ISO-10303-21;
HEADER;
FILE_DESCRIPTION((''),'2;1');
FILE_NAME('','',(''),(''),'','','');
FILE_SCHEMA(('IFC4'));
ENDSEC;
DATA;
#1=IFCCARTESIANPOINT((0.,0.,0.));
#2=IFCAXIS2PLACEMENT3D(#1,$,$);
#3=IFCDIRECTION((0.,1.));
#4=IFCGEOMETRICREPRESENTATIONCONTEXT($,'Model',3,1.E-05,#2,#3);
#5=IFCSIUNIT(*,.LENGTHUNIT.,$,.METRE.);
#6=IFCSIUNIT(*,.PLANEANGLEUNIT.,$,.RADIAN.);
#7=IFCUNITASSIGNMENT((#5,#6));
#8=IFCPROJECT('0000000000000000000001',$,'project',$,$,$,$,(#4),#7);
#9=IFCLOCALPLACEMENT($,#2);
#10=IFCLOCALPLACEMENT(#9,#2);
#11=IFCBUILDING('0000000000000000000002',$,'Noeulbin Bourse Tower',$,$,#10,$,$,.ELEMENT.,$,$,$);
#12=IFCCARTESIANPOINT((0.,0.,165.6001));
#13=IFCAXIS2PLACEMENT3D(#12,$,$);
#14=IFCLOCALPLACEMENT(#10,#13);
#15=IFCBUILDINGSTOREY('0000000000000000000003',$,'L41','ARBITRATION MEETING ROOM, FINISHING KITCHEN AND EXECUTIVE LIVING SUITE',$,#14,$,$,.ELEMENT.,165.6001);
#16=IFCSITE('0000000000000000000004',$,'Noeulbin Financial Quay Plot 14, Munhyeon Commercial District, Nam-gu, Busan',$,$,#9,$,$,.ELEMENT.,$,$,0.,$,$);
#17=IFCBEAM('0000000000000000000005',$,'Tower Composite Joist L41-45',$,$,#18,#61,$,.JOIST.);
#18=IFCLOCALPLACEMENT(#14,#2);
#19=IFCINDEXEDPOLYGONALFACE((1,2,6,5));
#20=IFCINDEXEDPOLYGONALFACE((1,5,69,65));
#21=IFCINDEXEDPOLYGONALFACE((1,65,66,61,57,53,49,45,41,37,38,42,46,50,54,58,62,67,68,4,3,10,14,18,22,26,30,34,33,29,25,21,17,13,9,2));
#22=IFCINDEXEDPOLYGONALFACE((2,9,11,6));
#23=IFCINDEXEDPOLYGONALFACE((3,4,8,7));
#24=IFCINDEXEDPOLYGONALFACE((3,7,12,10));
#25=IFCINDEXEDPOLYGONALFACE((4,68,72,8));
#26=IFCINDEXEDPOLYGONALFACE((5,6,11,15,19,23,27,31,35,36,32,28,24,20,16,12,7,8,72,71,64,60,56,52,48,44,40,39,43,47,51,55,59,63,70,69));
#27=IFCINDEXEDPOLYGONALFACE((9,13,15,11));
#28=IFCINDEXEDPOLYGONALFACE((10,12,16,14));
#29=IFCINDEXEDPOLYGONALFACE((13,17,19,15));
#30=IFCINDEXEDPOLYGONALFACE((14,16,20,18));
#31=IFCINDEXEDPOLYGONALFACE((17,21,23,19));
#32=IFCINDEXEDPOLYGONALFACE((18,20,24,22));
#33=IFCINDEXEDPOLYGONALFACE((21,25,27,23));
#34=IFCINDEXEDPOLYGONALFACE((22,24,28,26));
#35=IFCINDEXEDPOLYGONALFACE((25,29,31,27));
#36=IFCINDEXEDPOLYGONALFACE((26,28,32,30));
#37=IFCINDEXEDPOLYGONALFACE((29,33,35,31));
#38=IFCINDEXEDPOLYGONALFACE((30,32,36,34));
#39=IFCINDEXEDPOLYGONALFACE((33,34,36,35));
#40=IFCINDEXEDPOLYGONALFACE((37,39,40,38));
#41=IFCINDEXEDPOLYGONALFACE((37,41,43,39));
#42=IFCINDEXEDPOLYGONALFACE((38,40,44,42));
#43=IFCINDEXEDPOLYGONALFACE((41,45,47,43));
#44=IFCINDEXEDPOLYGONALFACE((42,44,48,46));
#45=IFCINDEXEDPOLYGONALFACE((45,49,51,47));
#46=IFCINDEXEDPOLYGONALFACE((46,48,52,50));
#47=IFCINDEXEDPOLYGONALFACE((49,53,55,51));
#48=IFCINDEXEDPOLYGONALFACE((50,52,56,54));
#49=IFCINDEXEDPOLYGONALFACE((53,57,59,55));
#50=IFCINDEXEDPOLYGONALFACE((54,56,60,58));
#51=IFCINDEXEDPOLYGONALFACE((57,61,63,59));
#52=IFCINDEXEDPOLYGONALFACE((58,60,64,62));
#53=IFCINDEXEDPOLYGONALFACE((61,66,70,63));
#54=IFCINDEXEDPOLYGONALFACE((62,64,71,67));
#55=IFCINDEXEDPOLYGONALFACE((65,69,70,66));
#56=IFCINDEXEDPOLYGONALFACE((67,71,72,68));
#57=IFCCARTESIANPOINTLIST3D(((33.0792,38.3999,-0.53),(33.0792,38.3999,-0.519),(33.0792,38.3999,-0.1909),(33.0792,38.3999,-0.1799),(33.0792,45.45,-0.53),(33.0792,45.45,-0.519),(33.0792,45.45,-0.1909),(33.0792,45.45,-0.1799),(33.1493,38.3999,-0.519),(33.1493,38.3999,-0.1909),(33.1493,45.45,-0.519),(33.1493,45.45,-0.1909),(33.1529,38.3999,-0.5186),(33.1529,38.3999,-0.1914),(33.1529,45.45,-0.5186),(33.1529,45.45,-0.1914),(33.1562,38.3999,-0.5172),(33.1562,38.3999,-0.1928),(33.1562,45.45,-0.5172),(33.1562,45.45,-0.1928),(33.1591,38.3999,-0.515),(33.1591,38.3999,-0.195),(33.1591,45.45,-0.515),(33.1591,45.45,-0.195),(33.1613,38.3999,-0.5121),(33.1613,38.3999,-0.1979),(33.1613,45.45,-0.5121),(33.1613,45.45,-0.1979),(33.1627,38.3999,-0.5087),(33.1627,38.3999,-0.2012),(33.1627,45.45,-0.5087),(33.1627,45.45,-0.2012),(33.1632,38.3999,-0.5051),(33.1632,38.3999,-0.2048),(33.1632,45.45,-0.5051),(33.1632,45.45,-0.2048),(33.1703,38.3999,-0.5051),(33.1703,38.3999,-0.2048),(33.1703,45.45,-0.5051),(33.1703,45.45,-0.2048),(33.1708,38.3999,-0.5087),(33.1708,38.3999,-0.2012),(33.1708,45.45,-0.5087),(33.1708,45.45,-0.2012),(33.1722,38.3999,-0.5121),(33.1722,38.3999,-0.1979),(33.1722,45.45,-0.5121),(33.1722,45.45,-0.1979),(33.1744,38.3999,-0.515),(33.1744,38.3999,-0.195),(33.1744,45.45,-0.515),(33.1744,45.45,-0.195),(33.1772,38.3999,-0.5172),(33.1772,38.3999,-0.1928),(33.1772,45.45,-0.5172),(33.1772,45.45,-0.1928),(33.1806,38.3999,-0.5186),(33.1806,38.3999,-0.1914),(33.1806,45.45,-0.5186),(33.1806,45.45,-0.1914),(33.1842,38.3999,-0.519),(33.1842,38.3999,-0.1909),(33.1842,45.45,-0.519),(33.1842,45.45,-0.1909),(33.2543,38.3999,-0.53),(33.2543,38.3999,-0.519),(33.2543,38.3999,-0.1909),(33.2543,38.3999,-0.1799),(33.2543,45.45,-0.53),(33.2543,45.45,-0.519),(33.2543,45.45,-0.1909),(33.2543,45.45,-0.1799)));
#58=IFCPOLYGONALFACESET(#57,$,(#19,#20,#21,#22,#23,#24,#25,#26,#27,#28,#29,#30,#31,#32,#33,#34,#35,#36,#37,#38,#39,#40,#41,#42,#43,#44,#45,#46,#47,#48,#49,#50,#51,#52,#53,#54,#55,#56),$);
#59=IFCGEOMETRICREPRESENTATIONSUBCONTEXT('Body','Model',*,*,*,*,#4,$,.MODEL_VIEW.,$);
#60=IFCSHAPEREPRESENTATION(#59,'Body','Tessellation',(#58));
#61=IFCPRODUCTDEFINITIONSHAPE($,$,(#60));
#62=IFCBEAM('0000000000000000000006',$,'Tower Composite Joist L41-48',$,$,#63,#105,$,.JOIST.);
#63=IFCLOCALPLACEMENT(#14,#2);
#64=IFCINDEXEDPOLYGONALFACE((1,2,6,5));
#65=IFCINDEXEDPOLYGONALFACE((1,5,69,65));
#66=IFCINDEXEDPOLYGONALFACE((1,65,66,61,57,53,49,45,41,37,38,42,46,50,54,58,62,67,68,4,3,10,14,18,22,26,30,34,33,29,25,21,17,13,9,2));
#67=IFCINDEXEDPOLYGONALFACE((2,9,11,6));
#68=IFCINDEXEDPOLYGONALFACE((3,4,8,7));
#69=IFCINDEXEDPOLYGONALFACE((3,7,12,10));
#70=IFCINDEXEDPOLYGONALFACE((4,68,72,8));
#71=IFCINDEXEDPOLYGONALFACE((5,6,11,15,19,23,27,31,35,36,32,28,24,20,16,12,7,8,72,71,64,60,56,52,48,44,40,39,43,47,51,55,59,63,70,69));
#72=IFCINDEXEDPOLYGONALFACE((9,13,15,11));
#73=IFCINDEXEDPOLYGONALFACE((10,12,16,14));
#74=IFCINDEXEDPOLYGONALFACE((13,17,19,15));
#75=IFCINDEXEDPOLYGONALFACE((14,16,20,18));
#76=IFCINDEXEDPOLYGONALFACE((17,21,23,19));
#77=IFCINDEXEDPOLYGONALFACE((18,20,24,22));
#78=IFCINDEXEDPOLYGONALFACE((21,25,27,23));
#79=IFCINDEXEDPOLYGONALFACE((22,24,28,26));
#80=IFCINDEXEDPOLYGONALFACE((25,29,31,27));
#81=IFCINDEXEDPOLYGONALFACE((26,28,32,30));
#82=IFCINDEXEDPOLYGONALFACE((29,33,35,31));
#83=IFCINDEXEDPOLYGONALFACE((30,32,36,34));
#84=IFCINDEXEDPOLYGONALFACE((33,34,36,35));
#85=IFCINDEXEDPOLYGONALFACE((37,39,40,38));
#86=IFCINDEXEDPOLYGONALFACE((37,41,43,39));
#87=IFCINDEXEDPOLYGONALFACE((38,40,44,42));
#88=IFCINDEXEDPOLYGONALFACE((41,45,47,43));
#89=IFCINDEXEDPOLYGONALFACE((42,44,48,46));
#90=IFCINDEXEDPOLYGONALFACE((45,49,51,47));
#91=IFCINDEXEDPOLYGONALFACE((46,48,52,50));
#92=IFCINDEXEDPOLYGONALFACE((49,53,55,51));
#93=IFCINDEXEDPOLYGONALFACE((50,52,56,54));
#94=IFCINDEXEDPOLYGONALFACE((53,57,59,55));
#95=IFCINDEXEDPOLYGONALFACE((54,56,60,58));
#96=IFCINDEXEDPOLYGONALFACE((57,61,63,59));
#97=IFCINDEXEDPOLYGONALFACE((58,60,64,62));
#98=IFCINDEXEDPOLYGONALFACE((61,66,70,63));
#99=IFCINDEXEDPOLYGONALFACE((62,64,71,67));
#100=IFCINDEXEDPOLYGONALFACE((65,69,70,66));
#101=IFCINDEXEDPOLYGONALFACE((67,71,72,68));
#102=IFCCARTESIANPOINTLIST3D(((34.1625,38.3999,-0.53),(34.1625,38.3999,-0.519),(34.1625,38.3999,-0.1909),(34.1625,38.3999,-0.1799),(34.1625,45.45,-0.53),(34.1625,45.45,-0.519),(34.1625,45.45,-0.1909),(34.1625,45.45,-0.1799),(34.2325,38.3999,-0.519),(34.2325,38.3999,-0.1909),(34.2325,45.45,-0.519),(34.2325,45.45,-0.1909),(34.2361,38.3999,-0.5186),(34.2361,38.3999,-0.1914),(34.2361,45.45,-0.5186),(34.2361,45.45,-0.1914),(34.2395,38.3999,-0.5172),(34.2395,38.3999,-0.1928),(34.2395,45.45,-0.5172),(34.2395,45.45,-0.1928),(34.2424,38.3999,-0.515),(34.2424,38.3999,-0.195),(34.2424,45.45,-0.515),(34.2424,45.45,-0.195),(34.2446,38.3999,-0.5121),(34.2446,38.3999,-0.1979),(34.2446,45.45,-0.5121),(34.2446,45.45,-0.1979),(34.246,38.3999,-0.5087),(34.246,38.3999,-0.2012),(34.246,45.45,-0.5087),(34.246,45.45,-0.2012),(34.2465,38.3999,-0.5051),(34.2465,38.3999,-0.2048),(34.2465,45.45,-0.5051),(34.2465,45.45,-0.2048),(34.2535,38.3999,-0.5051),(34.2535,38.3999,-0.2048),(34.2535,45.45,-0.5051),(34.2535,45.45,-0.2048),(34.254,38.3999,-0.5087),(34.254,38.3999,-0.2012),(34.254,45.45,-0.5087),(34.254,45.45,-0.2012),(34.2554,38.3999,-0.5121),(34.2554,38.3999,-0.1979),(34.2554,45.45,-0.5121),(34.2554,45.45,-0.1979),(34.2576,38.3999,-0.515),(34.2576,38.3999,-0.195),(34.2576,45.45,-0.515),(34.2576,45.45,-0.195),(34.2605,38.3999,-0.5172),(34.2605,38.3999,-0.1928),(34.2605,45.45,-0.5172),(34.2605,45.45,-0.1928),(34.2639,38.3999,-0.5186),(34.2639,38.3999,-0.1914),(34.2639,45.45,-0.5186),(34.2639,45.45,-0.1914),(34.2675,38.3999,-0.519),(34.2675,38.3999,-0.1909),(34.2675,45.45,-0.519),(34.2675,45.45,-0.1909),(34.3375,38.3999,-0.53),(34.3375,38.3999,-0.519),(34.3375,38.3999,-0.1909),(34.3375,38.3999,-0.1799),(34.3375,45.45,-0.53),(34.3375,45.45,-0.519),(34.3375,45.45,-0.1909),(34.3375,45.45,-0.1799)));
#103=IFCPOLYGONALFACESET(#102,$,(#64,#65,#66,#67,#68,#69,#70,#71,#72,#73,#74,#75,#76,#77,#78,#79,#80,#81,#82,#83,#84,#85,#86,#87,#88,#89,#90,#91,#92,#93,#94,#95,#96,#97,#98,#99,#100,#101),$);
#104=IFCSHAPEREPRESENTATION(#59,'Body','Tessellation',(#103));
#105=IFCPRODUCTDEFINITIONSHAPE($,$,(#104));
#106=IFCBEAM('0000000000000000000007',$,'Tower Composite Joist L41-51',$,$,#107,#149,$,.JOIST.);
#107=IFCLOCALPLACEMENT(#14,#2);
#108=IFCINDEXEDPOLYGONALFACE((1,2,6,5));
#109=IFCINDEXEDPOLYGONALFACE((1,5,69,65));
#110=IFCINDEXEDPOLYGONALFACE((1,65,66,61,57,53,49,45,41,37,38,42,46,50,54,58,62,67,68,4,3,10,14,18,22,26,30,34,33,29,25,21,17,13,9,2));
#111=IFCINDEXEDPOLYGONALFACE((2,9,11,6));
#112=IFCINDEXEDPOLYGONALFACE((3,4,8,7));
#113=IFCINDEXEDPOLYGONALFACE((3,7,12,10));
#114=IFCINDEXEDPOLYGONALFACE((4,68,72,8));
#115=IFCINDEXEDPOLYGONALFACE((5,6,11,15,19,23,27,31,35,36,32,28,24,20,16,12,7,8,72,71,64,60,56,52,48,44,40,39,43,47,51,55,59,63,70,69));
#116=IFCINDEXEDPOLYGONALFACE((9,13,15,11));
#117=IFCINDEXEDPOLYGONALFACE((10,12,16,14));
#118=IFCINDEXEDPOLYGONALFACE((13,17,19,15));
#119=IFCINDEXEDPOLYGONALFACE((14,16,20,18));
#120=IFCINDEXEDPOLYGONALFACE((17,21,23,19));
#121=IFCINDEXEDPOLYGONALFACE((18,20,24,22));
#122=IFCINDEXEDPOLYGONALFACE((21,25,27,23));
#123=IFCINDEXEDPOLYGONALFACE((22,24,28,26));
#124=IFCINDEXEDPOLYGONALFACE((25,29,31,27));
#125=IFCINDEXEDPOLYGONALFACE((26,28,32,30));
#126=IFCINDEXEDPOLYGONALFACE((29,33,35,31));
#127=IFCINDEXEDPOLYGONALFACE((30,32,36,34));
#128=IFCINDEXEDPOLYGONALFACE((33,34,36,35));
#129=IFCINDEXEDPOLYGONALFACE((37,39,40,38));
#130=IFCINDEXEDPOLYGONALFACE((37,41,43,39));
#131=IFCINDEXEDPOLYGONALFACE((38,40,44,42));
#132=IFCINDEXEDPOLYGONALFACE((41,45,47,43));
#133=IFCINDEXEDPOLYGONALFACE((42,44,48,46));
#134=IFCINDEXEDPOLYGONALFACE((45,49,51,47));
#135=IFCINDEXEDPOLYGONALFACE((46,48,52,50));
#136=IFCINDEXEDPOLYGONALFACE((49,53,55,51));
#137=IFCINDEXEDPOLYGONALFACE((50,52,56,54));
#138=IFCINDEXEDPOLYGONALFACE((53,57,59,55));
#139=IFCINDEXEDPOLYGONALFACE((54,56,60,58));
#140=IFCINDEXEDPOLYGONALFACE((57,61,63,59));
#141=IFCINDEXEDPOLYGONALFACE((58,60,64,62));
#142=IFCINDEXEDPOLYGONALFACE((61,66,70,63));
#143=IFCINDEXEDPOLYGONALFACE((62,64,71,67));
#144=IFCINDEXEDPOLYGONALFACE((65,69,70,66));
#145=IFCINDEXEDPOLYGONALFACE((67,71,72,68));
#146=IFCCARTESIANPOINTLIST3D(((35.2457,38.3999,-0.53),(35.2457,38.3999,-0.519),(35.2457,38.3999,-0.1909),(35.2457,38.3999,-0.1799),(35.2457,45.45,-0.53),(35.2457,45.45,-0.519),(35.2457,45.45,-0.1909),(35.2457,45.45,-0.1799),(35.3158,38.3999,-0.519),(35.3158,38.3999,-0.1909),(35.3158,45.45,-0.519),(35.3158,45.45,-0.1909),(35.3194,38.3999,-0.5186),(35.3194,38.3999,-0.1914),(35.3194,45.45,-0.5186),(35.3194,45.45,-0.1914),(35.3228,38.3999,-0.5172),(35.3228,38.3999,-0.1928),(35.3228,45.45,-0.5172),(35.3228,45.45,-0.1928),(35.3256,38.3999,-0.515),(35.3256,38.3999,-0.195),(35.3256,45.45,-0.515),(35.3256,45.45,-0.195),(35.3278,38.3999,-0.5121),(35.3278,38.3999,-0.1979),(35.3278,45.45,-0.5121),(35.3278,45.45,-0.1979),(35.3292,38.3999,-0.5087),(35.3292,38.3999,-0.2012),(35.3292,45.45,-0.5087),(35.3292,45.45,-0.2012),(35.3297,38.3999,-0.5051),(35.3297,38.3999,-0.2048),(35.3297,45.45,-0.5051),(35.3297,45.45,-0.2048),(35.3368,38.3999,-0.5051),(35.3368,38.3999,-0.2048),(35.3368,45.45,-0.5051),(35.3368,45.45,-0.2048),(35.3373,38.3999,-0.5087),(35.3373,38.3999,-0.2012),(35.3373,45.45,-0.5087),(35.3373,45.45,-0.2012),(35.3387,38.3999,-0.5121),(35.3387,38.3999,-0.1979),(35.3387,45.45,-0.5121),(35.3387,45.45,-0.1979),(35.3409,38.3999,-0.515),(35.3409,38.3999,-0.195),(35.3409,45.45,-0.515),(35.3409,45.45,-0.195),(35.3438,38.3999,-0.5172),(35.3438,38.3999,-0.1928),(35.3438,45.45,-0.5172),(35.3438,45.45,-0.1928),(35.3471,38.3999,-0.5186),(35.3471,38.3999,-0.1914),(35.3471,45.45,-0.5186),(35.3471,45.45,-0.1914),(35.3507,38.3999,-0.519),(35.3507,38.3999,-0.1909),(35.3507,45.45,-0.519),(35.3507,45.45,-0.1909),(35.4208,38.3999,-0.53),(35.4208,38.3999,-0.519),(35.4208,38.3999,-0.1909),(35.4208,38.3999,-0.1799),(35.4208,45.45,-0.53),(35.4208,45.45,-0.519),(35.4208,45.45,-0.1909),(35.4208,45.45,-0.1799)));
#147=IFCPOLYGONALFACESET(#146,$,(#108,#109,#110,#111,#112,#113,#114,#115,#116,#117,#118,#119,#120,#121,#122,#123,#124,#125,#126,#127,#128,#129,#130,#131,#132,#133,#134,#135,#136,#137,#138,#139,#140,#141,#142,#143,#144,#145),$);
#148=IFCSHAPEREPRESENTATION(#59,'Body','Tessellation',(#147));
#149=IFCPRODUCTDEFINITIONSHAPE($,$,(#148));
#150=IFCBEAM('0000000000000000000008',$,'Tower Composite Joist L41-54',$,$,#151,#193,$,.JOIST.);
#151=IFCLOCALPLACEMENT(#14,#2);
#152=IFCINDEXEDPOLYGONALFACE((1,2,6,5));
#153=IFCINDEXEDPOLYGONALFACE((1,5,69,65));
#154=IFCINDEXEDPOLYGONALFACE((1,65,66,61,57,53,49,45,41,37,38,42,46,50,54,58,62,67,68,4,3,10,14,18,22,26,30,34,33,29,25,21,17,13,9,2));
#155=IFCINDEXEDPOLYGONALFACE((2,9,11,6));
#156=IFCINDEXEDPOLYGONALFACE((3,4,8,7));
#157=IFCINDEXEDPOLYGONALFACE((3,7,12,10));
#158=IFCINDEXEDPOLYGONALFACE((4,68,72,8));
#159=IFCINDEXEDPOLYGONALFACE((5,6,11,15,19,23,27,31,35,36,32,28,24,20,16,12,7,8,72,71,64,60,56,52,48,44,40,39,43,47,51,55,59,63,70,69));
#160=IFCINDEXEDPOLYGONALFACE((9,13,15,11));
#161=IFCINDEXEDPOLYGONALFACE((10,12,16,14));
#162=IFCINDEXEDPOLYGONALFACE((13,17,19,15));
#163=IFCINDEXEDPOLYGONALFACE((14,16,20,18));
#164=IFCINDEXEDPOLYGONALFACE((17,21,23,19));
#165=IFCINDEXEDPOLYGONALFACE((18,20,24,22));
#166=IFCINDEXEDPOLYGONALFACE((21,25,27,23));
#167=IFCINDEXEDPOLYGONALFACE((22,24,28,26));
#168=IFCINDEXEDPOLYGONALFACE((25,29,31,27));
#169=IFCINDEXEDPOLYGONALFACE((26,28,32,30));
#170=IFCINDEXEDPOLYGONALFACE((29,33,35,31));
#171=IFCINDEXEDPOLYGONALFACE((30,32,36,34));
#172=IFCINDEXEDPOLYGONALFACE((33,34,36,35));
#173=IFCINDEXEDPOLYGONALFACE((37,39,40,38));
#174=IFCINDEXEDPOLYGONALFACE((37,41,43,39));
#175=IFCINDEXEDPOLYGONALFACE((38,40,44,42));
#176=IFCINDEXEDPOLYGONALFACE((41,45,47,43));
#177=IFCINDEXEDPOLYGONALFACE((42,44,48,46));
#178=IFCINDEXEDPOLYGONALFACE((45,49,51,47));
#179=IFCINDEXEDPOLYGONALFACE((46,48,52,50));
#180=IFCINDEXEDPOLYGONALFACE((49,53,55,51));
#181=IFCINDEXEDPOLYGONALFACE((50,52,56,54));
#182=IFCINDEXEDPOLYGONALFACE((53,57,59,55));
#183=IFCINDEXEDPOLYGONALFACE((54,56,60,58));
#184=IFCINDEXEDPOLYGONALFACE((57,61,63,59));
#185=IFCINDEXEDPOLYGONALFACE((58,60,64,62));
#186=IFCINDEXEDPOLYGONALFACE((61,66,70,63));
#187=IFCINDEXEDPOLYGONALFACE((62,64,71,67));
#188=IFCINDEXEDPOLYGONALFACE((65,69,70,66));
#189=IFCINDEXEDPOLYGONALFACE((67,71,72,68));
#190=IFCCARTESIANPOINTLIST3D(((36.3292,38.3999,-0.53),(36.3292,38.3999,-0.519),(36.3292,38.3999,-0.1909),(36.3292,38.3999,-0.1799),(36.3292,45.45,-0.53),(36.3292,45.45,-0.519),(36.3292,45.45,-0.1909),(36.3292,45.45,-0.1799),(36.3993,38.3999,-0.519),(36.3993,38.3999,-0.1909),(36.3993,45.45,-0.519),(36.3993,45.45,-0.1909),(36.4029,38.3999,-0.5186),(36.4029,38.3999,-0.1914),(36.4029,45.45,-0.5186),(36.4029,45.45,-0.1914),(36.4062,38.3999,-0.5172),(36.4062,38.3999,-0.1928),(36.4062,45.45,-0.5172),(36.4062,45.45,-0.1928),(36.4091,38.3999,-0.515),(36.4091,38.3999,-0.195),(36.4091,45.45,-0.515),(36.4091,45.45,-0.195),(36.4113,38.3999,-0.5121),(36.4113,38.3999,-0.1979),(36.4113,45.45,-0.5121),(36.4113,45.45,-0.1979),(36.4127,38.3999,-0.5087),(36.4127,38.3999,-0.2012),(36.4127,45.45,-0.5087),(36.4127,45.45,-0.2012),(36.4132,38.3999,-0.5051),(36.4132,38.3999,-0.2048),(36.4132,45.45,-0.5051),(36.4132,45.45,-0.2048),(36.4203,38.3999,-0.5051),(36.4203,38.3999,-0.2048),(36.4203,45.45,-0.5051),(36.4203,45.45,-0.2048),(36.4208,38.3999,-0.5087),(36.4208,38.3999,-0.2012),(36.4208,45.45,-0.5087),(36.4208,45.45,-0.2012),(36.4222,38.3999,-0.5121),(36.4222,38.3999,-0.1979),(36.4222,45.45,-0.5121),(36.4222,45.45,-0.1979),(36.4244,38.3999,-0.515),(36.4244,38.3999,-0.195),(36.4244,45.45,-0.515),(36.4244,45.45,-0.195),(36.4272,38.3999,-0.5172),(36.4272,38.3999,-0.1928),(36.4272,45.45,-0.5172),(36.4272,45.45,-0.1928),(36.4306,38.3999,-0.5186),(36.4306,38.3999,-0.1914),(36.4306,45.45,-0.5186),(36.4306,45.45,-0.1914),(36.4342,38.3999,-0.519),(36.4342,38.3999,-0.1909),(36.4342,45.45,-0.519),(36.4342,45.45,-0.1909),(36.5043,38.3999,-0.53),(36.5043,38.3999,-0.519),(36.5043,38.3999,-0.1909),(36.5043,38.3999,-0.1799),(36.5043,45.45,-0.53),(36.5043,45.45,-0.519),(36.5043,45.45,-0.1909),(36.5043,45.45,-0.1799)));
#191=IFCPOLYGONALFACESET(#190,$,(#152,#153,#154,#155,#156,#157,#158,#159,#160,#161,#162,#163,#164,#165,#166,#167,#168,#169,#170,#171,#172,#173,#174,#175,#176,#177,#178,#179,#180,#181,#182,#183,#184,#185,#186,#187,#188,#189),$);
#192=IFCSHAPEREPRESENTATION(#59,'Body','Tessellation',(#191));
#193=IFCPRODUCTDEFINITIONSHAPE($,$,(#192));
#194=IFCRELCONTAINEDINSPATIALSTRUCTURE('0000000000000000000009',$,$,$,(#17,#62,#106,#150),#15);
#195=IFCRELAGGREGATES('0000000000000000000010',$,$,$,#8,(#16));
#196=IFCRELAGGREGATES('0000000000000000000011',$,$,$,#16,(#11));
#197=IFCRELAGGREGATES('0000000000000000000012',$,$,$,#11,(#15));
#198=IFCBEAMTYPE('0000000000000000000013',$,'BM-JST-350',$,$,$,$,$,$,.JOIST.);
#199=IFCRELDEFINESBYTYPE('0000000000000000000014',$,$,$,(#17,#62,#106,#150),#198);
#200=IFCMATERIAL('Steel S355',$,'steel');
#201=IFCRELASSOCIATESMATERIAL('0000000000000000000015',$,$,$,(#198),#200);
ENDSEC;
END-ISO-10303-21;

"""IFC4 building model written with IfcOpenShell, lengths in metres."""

from ifc_helpers import new_model, si_unit, direction, frame, origin, origin_2d, place, context, subcontext, project, spatial, i_section, extrude, material, material_profile, profile_set, type_object, element, save


model = new_model("IFC4")

# Units and contexts
model_context = context("Model", 3, precision=1e-05, world=origin(), true_north=direction((0.0, 1.0)))
body_context = subcontext(model_context, "Body", "Model", "MODEL_VIEW")
ifc_project = project(units=[si_unit("LENGTHUNIT", "METRE"), si_unit("PLANEANGLEUNIT", "RADIAN")], contexts=[model_context])

# Site, building, storey
site_placement = place(None, origin())
site = spatial("IfcSite", under=ifc_project, at=site_placement, Name="Noeulbin Financial Quay Plot 14, Munhyeon Commercial District, Nam-gu, Busan", CompositionType="ELEMENT", RefElevation=0.0)
building_placement = place(site_placement, origin())
building = spatial("IfcBuilding", under=site, at=building_placement, Name="Noeulbin Bourse Tower", CompositionType="ELEMENT")
storey_placement = place(building_placement, frame((0.0, 0.0, 165.6001)))
storey = spatial("IfcBuildingStorey", under=building, at=storey_placement, Name="L41", Description="ARBITRATION MEETING ROOM, FINISHING KITCHEN AND EXECUTIVE LIVING SUITE", CompositionType="ELEMENT", Elevation=165.6001)

# Shared definitions
ifc_material_1 = material(Name="Steel S355", Category="steel")

# Beams
ifc_material_profile_1 = material_profile(ifc_material_1, i_section(OverallWidth=0.175, OverallDepth=0.3501, WebThickness=0.0071, FlangeThickness=0.011, FilletRadius=0.0139, at=origin_2d()), Name="H-350x175x7x11", Category="LoadBearing")
ifc_profile_set_1 = profile_set([ifc_material_profile_1], Name="Steel S355")
beam_type_1 = type_object("IfcBeamType", Name="BM-JST-350", PredefinedType="JOIST", material=ifc_profile_set_1)
for number, where, z_axis, x_axis, name in (
    (1, (33.1667, 38.3999, -0.355), (0.0, 1.0, 0.0), (-1.0, 0.0, 0.0), "Tower Composite Joist L41-45"),
    (2, (34.25, 38.3999, -0.355), (0.0, 1.0, 0.0), (-1.0, 0.0, 0.0), "Tower Composite Joist L41-48"),
    (3, (35.3333, 38.3999, -0.355), (0.0, 1.0, 0.0), (-1.0, 0.0, 0.0), "Tower Composite Joist L41-51"),
    (4, (36.4167, 38.3999, -0.355), (0.0, 1.0, 0.0), (-1.0, 0.0, 0.0), "Tower Composite Joist L41-54"),
):
    element("IfcBeam", number, at=place(storey_placement, frame(where, z_axis=z_axis, x_axis=x_axis)), inside=storey, type_object=beam_type_1, Name=name, PredefinedType="JOIST", context=body_context, shape_type="SweptSolid", body=[
        extrude(i_section(OverallWidth=0.175, OverallDepth=0.3501, WebThickness=0.0071, FlangeThickness=0.011, FilletRadius=0.0139, at=origin_2d()), origin(), (0.0, 0.0, 1.0), 7.05),
    ])

save(model, "model.ifc")
